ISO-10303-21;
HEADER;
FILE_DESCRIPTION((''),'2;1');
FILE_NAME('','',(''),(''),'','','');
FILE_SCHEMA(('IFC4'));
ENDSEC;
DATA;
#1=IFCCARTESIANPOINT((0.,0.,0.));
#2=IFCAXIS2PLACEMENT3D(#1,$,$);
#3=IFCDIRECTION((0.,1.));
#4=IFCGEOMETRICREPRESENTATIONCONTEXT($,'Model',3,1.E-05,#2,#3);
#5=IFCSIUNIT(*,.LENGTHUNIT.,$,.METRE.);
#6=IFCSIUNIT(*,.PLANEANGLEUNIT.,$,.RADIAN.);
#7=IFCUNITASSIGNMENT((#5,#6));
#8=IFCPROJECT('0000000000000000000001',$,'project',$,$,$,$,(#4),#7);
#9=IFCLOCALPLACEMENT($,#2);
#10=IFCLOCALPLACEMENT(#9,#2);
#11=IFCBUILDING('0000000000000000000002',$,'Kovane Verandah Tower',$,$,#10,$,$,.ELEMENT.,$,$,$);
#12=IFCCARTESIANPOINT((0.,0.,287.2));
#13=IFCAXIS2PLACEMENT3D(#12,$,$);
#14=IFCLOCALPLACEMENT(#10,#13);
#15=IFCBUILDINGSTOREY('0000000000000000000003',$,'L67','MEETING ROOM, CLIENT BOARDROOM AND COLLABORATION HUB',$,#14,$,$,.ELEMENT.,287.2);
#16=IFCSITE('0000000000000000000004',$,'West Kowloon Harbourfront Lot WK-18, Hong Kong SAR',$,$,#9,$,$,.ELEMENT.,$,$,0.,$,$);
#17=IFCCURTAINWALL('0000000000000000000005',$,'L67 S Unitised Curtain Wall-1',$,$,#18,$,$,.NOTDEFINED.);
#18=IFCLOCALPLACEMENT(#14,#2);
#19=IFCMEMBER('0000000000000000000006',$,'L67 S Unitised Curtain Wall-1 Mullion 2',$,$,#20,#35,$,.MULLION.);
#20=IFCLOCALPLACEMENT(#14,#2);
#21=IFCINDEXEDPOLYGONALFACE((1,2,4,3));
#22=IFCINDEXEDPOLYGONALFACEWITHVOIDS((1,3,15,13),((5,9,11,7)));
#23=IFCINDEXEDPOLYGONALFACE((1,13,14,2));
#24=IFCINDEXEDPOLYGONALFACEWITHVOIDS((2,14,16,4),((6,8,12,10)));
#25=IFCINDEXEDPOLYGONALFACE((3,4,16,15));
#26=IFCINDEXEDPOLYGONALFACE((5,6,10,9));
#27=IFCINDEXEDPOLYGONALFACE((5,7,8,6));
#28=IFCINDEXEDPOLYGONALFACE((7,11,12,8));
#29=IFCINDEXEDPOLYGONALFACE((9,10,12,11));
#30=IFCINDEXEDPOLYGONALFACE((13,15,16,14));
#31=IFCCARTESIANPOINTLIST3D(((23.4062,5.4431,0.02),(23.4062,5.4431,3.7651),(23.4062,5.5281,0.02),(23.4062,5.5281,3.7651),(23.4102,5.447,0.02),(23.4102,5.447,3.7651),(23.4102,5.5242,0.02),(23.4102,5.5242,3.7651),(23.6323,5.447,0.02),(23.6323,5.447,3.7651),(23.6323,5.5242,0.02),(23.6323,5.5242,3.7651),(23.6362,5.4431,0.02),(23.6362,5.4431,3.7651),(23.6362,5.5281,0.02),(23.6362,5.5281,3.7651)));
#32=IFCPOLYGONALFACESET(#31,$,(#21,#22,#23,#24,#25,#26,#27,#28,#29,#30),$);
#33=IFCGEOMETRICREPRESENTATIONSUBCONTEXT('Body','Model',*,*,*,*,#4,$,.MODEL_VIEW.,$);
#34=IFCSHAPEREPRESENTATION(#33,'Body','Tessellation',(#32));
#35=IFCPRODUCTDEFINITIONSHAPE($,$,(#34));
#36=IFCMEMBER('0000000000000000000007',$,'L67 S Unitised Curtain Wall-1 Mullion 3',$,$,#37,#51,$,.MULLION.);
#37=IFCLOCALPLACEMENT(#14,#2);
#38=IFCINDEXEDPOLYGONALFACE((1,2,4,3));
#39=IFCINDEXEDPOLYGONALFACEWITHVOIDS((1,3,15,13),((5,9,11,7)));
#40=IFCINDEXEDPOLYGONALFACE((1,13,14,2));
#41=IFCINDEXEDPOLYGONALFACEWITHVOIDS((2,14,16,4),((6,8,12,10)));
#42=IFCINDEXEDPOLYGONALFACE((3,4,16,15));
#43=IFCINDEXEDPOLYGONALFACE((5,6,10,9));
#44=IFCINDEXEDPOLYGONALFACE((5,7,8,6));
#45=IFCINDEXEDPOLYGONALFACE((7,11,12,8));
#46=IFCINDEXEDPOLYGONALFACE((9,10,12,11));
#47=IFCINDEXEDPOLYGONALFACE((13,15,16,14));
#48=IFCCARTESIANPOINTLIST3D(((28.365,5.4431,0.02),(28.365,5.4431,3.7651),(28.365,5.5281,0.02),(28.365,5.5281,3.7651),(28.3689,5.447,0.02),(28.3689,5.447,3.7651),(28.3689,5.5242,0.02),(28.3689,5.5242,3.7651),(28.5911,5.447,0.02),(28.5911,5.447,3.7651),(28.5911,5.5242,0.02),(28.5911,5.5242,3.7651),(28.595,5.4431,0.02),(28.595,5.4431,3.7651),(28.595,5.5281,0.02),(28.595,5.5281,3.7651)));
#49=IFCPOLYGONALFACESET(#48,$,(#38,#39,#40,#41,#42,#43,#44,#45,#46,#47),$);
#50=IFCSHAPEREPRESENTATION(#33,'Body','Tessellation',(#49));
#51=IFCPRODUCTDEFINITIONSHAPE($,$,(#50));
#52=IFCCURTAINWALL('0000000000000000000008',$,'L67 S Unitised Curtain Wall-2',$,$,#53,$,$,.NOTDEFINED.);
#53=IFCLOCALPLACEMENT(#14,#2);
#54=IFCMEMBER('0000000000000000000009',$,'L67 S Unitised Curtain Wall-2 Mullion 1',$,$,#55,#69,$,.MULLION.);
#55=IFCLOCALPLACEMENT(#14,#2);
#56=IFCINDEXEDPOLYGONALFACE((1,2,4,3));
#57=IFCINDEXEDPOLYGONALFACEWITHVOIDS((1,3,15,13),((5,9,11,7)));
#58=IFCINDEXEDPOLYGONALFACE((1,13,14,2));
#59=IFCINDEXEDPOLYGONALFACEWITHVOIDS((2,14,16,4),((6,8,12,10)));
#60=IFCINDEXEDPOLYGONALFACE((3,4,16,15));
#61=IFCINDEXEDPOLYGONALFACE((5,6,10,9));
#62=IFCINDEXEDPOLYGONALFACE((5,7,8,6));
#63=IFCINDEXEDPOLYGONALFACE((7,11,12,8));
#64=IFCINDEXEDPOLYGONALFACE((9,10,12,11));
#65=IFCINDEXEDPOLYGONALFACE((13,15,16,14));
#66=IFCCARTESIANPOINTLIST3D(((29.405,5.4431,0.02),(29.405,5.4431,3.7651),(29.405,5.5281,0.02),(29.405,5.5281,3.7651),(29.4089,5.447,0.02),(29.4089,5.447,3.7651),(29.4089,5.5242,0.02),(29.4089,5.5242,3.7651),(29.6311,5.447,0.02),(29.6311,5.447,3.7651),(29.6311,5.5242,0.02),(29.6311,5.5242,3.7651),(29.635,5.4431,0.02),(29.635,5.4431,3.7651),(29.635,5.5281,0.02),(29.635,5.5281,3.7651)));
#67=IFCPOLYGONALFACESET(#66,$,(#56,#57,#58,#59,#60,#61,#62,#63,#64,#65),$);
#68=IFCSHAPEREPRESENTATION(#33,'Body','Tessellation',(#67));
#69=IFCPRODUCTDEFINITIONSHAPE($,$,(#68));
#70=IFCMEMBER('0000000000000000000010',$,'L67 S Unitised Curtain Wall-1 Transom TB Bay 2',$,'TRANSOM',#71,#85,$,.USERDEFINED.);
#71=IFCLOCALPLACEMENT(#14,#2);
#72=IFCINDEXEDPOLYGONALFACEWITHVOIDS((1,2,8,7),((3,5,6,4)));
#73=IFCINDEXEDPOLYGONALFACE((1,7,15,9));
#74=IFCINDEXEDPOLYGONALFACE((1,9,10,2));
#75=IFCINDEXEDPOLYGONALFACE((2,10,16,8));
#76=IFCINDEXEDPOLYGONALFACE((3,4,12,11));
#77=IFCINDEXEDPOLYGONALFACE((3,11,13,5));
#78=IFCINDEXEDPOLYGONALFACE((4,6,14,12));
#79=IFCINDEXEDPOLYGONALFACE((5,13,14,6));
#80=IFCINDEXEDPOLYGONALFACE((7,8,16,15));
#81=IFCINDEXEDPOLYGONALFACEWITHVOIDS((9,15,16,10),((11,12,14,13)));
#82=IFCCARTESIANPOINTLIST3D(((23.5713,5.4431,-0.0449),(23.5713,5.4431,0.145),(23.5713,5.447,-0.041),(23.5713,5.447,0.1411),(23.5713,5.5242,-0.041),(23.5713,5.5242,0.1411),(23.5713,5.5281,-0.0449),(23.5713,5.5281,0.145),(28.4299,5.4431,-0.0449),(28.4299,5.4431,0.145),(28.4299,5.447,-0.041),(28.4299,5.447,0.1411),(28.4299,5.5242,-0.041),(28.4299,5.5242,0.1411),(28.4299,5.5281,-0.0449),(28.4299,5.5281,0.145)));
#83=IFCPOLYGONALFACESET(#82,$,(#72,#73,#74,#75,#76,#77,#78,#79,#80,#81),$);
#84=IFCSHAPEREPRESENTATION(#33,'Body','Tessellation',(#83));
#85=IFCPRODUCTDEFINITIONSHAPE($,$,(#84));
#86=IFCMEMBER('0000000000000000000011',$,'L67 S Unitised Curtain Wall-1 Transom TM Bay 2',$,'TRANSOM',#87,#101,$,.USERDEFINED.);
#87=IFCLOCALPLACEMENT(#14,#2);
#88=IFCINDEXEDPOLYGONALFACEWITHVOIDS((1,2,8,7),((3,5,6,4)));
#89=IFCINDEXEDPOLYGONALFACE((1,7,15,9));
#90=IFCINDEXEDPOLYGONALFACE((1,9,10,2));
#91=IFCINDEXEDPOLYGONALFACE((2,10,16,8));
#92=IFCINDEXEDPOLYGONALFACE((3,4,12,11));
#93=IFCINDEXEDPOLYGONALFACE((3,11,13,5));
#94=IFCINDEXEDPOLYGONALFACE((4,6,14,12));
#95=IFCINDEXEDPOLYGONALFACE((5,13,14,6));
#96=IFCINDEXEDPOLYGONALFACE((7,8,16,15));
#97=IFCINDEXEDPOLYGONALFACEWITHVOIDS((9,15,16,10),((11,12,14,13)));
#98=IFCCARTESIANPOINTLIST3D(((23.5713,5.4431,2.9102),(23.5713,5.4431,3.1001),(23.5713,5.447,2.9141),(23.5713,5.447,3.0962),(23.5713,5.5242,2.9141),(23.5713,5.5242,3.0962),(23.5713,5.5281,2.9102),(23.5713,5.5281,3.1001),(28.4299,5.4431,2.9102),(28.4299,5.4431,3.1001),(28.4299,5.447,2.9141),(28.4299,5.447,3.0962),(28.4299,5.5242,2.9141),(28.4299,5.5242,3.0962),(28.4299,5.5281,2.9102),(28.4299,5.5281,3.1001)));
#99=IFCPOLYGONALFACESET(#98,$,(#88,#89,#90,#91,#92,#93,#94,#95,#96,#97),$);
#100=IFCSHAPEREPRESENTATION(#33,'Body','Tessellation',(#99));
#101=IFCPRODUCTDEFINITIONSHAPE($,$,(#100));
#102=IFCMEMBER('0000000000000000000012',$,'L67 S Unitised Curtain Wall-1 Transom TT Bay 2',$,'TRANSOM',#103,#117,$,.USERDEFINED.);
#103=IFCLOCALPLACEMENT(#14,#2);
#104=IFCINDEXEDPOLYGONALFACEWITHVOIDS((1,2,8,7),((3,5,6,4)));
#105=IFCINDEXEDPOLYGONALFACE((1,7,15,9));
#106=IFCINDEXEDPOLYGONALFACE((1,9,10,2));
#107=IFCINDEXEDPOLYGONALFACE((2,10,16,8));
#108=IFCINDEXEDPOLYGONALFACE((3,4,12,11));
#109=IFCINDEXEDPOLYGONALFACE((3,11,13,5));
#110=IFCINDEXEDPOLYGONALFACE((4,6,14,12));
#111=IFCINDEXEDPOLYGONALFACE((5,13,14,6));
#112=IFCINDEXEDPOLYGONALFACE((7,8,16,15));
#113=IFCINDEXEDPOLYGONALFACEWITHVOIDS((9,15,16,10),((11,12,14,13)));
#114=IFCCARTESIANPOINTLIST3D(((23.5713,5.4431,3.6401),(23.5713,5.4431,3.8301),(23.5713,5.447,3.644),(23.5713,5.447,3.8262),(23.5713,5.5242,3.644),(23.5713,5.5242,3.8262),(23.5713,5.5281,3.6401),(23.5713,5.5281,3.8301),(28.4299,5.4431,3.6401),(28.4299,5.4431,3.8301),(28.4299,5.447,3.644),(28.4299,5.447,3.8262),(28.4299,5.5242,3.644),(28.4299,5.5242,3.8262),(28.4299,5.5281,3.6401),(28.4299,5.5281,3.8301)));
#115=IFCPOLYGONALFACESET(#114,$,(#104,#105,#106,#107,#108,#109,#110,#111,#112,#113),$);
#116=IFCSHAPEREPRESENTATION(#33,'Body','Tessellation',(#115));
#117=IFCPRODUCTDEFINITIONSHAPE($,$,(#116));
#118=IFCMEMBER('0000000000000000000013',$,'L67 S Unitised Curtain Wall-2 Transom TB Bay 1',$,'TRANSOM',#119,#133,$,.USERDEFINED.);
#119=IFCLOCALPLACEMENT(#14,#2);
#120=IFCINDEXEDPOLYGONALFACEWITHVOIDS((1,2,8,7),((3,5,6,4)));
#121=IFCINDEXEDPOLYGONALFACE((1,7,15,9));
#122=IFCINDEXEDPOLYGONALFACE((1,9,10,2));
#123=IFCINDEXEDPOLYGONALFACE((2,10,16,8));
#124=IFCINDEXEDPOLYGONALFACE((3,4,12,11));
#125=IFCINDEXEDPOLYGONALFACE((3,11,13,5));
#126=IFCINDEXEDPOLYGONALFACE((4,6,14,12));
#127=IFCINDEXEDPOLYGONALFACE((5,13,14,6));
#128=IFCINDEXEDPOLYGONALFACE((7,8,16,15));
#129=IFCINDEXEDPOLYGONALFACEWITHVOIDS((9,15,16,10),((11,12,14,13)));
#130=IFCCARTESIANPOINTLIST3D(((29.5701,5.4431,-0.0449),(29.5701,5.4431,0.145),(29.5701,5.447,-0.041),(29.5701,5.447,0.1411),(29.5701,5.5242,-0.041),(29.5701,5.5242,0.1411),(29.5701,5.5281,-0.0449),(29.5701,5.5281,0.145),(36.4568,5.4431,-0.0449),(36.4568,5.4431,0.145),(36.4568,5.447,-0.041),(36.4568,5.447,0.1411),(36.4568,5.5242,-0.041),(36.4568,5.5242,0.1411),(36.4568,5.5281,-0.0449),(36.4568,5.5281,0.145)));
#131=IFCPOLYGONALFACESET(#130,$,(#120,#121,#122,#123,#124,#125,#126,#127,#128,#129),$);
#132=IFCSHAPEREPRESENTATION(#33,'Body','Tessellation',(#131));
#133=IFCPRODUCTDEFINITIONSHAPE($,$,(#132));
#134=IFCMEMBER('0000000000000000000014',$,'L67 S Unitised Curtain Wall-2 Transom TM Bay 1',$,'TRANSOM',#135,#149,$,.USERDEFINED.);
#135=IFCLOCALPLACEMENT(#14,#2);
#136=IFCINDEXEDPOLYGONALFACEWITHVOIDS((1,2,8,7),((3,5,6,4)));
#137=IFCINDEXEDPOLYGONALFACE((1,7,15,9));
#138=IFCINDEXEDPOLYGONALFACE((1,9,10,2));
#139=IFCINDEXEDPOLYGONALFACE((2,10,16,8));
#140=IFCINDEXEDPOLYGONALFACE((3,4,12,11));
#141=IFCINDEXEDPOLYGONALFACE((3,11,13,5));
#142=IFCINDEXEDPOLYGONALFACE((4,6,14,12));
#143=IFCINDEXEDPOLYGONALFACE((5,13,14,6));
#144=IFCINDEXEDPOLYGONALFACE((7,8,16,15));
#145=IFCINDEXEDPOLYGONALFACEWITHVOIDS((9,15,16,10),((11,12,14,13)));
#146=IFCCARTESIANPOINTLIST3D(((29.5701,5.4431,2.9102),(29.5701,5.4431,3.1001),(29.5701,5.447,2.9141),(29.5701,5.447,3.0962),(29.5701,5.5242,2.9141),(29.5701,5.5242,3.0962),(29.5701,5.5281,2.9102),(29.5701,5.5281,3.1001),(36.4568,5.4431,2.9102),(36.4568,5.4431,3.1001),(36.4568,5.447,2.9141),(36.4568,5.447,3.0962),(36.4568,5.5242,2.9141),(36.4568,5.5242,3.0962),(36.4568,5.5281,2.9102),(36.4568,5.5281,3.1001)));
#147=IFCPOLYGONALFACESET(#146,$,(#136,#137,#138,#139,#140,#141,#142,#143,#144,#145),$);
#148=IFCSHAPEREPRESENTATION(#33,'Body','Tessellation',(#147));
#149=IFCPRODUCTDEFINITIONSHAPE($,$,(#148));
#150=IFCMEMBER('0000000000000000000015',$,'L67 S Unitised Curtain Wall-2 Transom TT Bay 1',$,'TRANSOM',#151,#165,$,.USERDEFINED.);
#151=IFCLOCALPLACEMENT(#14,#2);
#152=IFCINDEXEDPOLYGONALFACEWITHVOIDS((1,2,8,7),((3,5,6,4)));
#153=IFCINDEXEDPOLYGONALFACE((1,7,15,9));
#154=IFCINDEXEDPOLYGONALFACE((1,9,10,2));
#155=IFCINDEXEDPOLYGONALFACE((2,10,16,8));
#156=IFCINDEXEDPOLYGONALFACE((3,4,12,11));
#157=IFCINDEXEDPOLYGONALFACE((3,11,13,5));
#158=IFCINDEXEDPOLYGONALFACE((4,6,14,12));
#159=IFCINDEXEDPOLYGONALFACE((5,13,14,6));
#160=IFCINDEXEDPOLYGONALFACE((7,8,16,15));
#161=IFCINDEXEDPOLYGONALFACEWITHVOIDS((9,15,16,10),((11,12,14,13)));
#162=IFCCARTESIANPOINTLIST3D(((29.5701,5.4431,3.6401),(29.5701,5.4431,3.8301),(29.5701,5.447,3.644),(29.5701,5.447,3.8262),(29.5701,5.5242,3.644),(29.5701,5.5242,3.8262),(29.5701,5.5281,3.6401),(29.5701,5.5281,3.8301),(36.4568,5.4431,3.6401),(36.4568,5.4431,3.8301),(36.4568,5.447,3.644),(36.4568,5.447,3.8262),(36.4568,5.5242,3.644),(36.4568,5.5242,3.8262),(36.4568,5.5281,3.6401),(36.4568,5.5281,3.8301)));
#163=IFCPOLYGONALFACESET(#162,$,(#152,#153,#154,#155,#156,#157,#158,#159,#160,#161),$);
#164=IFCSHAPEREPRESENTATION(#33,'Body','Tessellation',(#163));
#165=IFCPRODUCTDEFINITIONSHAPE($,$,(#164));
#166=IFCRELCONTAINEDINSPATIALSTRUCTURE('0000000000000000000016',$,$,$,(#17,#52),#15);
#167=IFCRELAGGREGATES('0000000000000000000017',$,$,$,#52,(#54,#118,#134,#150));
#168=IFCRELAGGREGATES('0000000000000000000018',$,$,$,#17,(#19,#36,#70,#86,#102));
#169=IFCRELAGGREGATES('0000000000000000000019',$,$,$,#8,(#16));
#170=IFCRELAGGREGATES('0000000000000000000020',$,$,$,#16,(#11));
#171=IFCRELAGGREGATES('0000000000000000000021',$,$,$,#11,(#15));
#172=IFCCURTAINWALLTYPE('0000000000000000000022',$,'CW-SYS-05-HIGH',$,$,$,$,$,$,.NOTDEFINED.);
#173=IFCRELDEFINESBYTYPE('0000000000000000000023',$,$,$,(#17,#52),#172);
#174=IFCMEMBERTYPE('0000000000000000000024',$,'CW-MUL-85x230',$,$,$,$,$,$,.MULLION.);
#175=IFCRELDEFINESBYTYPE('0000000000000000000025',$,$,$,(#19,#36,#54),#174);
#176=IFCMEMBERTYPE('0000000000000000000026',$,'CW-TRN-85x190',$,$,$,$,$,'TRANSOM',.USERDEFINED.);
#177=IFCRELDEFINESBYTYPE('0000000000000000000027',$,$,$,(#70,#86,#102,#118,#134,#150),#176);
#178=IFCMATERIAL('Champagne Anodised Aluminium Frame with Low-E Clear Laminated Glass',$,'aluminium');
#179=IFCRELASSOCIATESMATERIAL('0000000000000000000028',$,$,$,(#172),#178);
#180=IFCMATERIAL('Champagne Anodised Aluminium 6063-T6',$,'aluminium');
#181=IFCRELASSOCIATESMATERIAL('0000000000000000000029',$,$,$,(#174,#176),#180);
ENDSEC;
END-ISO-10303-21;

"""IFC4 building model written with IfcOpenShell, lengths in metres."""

from ifc_helpers import new_model, si_unit, direction, frame, origin, origin_2d, place, context, subcontext, project, spatial, hollow_rectangle, extrude, material, material_profile, profile_set, type_object, element, aggregate, save


model = new_model("IFC4")

# Units and contexts
model_context = context("Model", 3, precision=1e-05, world=origin(), true_north=direction((0.0, 1.0)))
body_context = subcontext(model_context, "Body", "Model", "MODEL_VIEW")
ifc_project = project(units=[si_unit("LENGTHUNIT", "METRE"), si_unit("PLANEANGLEUNIT", "RADIAN")], contexts=[model_context])

# Site, building, storey
site_placement = place(None, origin())
site = spatial("IfcSite", under=ifc_project, at=site_placement, Name="West Kowloon Harbourfront Lot WK-18, Hong Kong SAR", CompositionType="ELEMENT", RefElevation=0.0)
building_placement = place(site_placement, origin())
building = spatial("IfcBuilding", under=site, at=building_placement, Name="Kovane Verandah Tower", CompositionType="ELEMENT")
storey_placement = place(building_placement, frame((0.0, 0.0, 287.2)))
storey = spatial("IfcBuildingStorey", under=building, at=storey_placement, Name="L67", Description="MEETING ROOM, CLIENT BOARDROOM AND COLLABORATION HUB", CompositionType="ELEMENT", Elevation=287.2)

# Curtain wall, members
ifc_material_1 = material(Name="Champagne Anodised Aluminium Frame with Low-E Clear Laminated Glass", Category="aluminium")
curtain_wall_type = type_object("IfcCurtainWallType", Name="CW-SYS-05-HIGH", PredefinedType="NOTDEFINED", material=ifc_material_1)
curtain_wall_1_placement = place(storey_placement, origin())
curtain_wall_1 = element("IfcCurtainWall", 1, at=curtain_wall_1_placement, inside=storey, type_object=curtain_wall_type, Name="L67 S Unitised Curtain Wall-1", PredefinedType="NOTDEFINED")
ifc_material_2 = material(Name="Champagne Anodised Aluminium 6063-T6", Category="aluminium")
ifc_material_profile_1 = material_profile(ifc_material_2, hollow_rectangle(XDim=0.085, YDim=0.23, WallThickness=0.0039, at=origin_2d()), Name="AL85x230x4")
ifc_profile_set_1 = profile_set([ifc_material_profile_1], Name="Champagne Anodised Aluminium 6063-T6")
member_type_1 = type_object("IfcMemberType", Name="CW-MUL-85x230", PredefinedType="MULLION", material=ifc_profile_set_1)
member_1_placement = place(storey_placement, frame((23.5212, 5.4856, 0.02), z_axis=(0.0, 0.0, 1.0), x_axis=(0.0, -1.0, 0.0)))
member_1 = element("IfcMember", 2, at=member_1_placement, type_object=member_type_1, Name="L67 S Unitised Curtain Wall-1 Mullion 2", PredefinedType="MULLION", context=body_context, shape_type="SweptSolid", body=[
    extrude(hollow_rectangle(XDim=0.085, YDim=0.23, WallThickness=0.0039, at=origin_2d()), origin(), (0.0, 0.0, 1.0), 3.7451),
])
member_2_placement = place(storey_placement, frame((28.48, 5.4856, 0.02), z_axis=(0.0, 0.0, 1.0), x_axis=(0.0, -1.0, 0.0)))
member_2 = element("IfcMember", 3, at=member_2_placement, type_object=member_type_1, Name="L67 S Unitised Curtain Wall-1 Mullion 3", PredefinedType="MULLION", context=body_context, shape_type="SweptSolid", body=[
    extrude(hollow_rectangle(XDim=0.085, YDim=0.23, WallThickness=0.0039, at=origin_2d()), origin(), (0.0, 0.0, 1.0), 3.7451),
])

# Curtain wall, member
curtain_wall_2_placement = place(storey_placement, origin())
curtain_wall_2 = element("IfcCurtainWall", 4, at=curtain_wall_2_placement, inside=storey, type_object=curtain_wall_type, Name="L67 S Unitised Curtain Wall-2", PredefinedType="NOTDEFINED")
member_3_placement = place(storey_placement, frame((29.52, 5.4856, 0.02), z_axis=(0.0, 0.0, 1.0), x_axis=(0.0, -1.0, 0.0)))
member_3 = element("IfcMember", 5, at=member_3_placement, type_object=member_type_1, Name="L67 S Unitised Curtain Wall-2 Mullion 1", PredefinedType="MULLION", context=body_context, shape_type="SweptSolid", body=[
    extrude(hollow_rectangle(XDim=0.085, YDim=0.23, WallThickness=0.0039, at=origin_2d()), origin(), (0.0, 0.0, 1.0), 3.7451),
])

# Members
ifc_material_profile_2 = material_profile(ifc_material_2, hollow_rectangle(XDim=0.085, YDim=0.1899, WallThickness=0.0039, at=origin_2d()), Name="AL85x190x4")
ifc_profile_set_2 = profile_set([ifc_material_profile_2], Name="Champagne Anodised Aluminium 6063-T6")
member_type_2 = type_object("IfcMemberType", Name="CW-TRN-85x190", ElementType="TRANSOM", PredefinedType="USERDEFINED", material=ifc_profile_set_2)
member_4_placement = place(storey_placement, frame((23.5713, 5.4856, 0.05), z_axis=(1.0, 0.0, 0.0), x_axis=(0.0, 1.0, 0.0)))
member_4 = element("IfcMember", 6, at=member_4_placement, type_object=member_type_2, Name="L67 S Unitised Curtain Wall-1 Transom TB Bay 2", ObjectType="TRANSOM", PredefinedType="USERDEFINED", context=body_context, shape_type="SweptSolid", body=[
    extrude(hollow_rectangle(XDim=0.085, YDim=0.1899, WallThickness=0.0039, at=origin_2d()), origin(), (0.0, 0.0, 1.0), 4.8586),
])
member_5_placement = place(storey_placement, frame((23.5713, 5.4856, 3.0051), z_axis=(1.0, 0.0, 0.0), x_axis=(0.0, 1.0, 0.0)))
member_5 = element("IfcMember", 7, at=member_5_placement, type_object=member_type_2, Name="L67 S Unitised Curtain Wall-1 Transom TM Bay 2", ObjectType="TRANSOM", PredefinedType="USERDEFINED", context=body_context, shape_type="SweptSolid", body=[
    extrude(hollow_rectangle(XDim=0.085, YDim=0.1899, WallThickness=0.0039, at=origin_2d()), origin(), (0.0, 0.0, 1.0), 4.8586),
])
member_6_placement = place(storey_placement, frame((23.5713, 5.4856, 3.7351), z_axis=(1.0, 0.0, 0.0), x_axis=(0.0, 1.0, 0.0)))
member_6 = element("IfcMember", 8, at=member_6_placement, type_object=member_type_2, Name="L67 S Unitised Curtain Wall-1 Transom TT Bay 2", ObjectType="TRANSOM", PredefinedType="USERDEFINED", context=body_context, shape_type="SweptSolid", body=[
    extrude(hollow_rectangle(XDim=0.085, YDim=0.1899, WallThickness=0.0039, at=origin_2d()), origin(), (0.0, 0.0, 1.0), 4.8586),
])
member_7_placement = place(storey_placement, frame((29.5701, 5.4856, 0.05), z_axis=(1.0, 0.0, 0.0), x_axis=(0.0, 1.0, 0.0)))
member_7 = element("IfcMember", 9, at=member_7_placement, type_object=member_type_2, Name="L67 S Unitised Curtain Wall-2 Transom TB Bay 1", ObjectType="TRANSOM", PredefinedType="USERDEFINED", context=body_context, shape_type="SweptSolid", body=[
    extrude(hollow_rectangle(XDim=0.085, YDim=0.1899, WallThickness=0.0039, at=origin_2d()), origin(), (0.0, 0.0, 1.0), 6.8867),
])
member_8_placement = place(storey_placement, frame((29.5701, 5.4856, 3.0051), z_axis=(1.0, 0.0, 0.0), x_axis=(0.0, 1.0, 0.0)))
member_8 = element("IfcMember", 10, at=member_8_placement, type_object=member_type_2, Name="L67 S Unitised Curtain Wall-2 Transom TM Bay 1", ObjectType="TRANSOM", PredefinedType="USERDEFINED", context=body_context, shape_type="SweptSolid", body=[
    extrude(hollow_rectangle(XDim=0.085, YDim=0.1899, WallThickness=0.0039, at=origin_2d()), origin(), (0.0, 0.0, 1.0), 6.8867),
])
member_9_placement = place(storey_placement, frame((29.5701, 5.4856, 3.7351), z_axis=(1.0, 0.0, 0.0), x_axis=(0.0, 1.0, 0.0)))
member_9 = element("IfcMember", 11, at=member_9_placement, type_object=member_type_2, Name="L67 S Unitised Curtain Wall-2 Transom TT Bay 1", ObjectType="TRANSOM", PredefinedType="USERDEFINED", context=body_context, shape_type="SweptSolid", body=[
    extrude(hollow_rectangle(XDim=0.085, YDim=0.1899, WallThickness=0.0039, at=origin_2d()), origin(), (0.0, 0.0, 1.0), 6.8867),
])
aggregate(curtain_wall_2, [member_3, member_7, member_8, member_9])

aggregate(curtain_wall_1, [member_1, member_2, member_4, member_5, member_6])

save(model, "model.ifc")
